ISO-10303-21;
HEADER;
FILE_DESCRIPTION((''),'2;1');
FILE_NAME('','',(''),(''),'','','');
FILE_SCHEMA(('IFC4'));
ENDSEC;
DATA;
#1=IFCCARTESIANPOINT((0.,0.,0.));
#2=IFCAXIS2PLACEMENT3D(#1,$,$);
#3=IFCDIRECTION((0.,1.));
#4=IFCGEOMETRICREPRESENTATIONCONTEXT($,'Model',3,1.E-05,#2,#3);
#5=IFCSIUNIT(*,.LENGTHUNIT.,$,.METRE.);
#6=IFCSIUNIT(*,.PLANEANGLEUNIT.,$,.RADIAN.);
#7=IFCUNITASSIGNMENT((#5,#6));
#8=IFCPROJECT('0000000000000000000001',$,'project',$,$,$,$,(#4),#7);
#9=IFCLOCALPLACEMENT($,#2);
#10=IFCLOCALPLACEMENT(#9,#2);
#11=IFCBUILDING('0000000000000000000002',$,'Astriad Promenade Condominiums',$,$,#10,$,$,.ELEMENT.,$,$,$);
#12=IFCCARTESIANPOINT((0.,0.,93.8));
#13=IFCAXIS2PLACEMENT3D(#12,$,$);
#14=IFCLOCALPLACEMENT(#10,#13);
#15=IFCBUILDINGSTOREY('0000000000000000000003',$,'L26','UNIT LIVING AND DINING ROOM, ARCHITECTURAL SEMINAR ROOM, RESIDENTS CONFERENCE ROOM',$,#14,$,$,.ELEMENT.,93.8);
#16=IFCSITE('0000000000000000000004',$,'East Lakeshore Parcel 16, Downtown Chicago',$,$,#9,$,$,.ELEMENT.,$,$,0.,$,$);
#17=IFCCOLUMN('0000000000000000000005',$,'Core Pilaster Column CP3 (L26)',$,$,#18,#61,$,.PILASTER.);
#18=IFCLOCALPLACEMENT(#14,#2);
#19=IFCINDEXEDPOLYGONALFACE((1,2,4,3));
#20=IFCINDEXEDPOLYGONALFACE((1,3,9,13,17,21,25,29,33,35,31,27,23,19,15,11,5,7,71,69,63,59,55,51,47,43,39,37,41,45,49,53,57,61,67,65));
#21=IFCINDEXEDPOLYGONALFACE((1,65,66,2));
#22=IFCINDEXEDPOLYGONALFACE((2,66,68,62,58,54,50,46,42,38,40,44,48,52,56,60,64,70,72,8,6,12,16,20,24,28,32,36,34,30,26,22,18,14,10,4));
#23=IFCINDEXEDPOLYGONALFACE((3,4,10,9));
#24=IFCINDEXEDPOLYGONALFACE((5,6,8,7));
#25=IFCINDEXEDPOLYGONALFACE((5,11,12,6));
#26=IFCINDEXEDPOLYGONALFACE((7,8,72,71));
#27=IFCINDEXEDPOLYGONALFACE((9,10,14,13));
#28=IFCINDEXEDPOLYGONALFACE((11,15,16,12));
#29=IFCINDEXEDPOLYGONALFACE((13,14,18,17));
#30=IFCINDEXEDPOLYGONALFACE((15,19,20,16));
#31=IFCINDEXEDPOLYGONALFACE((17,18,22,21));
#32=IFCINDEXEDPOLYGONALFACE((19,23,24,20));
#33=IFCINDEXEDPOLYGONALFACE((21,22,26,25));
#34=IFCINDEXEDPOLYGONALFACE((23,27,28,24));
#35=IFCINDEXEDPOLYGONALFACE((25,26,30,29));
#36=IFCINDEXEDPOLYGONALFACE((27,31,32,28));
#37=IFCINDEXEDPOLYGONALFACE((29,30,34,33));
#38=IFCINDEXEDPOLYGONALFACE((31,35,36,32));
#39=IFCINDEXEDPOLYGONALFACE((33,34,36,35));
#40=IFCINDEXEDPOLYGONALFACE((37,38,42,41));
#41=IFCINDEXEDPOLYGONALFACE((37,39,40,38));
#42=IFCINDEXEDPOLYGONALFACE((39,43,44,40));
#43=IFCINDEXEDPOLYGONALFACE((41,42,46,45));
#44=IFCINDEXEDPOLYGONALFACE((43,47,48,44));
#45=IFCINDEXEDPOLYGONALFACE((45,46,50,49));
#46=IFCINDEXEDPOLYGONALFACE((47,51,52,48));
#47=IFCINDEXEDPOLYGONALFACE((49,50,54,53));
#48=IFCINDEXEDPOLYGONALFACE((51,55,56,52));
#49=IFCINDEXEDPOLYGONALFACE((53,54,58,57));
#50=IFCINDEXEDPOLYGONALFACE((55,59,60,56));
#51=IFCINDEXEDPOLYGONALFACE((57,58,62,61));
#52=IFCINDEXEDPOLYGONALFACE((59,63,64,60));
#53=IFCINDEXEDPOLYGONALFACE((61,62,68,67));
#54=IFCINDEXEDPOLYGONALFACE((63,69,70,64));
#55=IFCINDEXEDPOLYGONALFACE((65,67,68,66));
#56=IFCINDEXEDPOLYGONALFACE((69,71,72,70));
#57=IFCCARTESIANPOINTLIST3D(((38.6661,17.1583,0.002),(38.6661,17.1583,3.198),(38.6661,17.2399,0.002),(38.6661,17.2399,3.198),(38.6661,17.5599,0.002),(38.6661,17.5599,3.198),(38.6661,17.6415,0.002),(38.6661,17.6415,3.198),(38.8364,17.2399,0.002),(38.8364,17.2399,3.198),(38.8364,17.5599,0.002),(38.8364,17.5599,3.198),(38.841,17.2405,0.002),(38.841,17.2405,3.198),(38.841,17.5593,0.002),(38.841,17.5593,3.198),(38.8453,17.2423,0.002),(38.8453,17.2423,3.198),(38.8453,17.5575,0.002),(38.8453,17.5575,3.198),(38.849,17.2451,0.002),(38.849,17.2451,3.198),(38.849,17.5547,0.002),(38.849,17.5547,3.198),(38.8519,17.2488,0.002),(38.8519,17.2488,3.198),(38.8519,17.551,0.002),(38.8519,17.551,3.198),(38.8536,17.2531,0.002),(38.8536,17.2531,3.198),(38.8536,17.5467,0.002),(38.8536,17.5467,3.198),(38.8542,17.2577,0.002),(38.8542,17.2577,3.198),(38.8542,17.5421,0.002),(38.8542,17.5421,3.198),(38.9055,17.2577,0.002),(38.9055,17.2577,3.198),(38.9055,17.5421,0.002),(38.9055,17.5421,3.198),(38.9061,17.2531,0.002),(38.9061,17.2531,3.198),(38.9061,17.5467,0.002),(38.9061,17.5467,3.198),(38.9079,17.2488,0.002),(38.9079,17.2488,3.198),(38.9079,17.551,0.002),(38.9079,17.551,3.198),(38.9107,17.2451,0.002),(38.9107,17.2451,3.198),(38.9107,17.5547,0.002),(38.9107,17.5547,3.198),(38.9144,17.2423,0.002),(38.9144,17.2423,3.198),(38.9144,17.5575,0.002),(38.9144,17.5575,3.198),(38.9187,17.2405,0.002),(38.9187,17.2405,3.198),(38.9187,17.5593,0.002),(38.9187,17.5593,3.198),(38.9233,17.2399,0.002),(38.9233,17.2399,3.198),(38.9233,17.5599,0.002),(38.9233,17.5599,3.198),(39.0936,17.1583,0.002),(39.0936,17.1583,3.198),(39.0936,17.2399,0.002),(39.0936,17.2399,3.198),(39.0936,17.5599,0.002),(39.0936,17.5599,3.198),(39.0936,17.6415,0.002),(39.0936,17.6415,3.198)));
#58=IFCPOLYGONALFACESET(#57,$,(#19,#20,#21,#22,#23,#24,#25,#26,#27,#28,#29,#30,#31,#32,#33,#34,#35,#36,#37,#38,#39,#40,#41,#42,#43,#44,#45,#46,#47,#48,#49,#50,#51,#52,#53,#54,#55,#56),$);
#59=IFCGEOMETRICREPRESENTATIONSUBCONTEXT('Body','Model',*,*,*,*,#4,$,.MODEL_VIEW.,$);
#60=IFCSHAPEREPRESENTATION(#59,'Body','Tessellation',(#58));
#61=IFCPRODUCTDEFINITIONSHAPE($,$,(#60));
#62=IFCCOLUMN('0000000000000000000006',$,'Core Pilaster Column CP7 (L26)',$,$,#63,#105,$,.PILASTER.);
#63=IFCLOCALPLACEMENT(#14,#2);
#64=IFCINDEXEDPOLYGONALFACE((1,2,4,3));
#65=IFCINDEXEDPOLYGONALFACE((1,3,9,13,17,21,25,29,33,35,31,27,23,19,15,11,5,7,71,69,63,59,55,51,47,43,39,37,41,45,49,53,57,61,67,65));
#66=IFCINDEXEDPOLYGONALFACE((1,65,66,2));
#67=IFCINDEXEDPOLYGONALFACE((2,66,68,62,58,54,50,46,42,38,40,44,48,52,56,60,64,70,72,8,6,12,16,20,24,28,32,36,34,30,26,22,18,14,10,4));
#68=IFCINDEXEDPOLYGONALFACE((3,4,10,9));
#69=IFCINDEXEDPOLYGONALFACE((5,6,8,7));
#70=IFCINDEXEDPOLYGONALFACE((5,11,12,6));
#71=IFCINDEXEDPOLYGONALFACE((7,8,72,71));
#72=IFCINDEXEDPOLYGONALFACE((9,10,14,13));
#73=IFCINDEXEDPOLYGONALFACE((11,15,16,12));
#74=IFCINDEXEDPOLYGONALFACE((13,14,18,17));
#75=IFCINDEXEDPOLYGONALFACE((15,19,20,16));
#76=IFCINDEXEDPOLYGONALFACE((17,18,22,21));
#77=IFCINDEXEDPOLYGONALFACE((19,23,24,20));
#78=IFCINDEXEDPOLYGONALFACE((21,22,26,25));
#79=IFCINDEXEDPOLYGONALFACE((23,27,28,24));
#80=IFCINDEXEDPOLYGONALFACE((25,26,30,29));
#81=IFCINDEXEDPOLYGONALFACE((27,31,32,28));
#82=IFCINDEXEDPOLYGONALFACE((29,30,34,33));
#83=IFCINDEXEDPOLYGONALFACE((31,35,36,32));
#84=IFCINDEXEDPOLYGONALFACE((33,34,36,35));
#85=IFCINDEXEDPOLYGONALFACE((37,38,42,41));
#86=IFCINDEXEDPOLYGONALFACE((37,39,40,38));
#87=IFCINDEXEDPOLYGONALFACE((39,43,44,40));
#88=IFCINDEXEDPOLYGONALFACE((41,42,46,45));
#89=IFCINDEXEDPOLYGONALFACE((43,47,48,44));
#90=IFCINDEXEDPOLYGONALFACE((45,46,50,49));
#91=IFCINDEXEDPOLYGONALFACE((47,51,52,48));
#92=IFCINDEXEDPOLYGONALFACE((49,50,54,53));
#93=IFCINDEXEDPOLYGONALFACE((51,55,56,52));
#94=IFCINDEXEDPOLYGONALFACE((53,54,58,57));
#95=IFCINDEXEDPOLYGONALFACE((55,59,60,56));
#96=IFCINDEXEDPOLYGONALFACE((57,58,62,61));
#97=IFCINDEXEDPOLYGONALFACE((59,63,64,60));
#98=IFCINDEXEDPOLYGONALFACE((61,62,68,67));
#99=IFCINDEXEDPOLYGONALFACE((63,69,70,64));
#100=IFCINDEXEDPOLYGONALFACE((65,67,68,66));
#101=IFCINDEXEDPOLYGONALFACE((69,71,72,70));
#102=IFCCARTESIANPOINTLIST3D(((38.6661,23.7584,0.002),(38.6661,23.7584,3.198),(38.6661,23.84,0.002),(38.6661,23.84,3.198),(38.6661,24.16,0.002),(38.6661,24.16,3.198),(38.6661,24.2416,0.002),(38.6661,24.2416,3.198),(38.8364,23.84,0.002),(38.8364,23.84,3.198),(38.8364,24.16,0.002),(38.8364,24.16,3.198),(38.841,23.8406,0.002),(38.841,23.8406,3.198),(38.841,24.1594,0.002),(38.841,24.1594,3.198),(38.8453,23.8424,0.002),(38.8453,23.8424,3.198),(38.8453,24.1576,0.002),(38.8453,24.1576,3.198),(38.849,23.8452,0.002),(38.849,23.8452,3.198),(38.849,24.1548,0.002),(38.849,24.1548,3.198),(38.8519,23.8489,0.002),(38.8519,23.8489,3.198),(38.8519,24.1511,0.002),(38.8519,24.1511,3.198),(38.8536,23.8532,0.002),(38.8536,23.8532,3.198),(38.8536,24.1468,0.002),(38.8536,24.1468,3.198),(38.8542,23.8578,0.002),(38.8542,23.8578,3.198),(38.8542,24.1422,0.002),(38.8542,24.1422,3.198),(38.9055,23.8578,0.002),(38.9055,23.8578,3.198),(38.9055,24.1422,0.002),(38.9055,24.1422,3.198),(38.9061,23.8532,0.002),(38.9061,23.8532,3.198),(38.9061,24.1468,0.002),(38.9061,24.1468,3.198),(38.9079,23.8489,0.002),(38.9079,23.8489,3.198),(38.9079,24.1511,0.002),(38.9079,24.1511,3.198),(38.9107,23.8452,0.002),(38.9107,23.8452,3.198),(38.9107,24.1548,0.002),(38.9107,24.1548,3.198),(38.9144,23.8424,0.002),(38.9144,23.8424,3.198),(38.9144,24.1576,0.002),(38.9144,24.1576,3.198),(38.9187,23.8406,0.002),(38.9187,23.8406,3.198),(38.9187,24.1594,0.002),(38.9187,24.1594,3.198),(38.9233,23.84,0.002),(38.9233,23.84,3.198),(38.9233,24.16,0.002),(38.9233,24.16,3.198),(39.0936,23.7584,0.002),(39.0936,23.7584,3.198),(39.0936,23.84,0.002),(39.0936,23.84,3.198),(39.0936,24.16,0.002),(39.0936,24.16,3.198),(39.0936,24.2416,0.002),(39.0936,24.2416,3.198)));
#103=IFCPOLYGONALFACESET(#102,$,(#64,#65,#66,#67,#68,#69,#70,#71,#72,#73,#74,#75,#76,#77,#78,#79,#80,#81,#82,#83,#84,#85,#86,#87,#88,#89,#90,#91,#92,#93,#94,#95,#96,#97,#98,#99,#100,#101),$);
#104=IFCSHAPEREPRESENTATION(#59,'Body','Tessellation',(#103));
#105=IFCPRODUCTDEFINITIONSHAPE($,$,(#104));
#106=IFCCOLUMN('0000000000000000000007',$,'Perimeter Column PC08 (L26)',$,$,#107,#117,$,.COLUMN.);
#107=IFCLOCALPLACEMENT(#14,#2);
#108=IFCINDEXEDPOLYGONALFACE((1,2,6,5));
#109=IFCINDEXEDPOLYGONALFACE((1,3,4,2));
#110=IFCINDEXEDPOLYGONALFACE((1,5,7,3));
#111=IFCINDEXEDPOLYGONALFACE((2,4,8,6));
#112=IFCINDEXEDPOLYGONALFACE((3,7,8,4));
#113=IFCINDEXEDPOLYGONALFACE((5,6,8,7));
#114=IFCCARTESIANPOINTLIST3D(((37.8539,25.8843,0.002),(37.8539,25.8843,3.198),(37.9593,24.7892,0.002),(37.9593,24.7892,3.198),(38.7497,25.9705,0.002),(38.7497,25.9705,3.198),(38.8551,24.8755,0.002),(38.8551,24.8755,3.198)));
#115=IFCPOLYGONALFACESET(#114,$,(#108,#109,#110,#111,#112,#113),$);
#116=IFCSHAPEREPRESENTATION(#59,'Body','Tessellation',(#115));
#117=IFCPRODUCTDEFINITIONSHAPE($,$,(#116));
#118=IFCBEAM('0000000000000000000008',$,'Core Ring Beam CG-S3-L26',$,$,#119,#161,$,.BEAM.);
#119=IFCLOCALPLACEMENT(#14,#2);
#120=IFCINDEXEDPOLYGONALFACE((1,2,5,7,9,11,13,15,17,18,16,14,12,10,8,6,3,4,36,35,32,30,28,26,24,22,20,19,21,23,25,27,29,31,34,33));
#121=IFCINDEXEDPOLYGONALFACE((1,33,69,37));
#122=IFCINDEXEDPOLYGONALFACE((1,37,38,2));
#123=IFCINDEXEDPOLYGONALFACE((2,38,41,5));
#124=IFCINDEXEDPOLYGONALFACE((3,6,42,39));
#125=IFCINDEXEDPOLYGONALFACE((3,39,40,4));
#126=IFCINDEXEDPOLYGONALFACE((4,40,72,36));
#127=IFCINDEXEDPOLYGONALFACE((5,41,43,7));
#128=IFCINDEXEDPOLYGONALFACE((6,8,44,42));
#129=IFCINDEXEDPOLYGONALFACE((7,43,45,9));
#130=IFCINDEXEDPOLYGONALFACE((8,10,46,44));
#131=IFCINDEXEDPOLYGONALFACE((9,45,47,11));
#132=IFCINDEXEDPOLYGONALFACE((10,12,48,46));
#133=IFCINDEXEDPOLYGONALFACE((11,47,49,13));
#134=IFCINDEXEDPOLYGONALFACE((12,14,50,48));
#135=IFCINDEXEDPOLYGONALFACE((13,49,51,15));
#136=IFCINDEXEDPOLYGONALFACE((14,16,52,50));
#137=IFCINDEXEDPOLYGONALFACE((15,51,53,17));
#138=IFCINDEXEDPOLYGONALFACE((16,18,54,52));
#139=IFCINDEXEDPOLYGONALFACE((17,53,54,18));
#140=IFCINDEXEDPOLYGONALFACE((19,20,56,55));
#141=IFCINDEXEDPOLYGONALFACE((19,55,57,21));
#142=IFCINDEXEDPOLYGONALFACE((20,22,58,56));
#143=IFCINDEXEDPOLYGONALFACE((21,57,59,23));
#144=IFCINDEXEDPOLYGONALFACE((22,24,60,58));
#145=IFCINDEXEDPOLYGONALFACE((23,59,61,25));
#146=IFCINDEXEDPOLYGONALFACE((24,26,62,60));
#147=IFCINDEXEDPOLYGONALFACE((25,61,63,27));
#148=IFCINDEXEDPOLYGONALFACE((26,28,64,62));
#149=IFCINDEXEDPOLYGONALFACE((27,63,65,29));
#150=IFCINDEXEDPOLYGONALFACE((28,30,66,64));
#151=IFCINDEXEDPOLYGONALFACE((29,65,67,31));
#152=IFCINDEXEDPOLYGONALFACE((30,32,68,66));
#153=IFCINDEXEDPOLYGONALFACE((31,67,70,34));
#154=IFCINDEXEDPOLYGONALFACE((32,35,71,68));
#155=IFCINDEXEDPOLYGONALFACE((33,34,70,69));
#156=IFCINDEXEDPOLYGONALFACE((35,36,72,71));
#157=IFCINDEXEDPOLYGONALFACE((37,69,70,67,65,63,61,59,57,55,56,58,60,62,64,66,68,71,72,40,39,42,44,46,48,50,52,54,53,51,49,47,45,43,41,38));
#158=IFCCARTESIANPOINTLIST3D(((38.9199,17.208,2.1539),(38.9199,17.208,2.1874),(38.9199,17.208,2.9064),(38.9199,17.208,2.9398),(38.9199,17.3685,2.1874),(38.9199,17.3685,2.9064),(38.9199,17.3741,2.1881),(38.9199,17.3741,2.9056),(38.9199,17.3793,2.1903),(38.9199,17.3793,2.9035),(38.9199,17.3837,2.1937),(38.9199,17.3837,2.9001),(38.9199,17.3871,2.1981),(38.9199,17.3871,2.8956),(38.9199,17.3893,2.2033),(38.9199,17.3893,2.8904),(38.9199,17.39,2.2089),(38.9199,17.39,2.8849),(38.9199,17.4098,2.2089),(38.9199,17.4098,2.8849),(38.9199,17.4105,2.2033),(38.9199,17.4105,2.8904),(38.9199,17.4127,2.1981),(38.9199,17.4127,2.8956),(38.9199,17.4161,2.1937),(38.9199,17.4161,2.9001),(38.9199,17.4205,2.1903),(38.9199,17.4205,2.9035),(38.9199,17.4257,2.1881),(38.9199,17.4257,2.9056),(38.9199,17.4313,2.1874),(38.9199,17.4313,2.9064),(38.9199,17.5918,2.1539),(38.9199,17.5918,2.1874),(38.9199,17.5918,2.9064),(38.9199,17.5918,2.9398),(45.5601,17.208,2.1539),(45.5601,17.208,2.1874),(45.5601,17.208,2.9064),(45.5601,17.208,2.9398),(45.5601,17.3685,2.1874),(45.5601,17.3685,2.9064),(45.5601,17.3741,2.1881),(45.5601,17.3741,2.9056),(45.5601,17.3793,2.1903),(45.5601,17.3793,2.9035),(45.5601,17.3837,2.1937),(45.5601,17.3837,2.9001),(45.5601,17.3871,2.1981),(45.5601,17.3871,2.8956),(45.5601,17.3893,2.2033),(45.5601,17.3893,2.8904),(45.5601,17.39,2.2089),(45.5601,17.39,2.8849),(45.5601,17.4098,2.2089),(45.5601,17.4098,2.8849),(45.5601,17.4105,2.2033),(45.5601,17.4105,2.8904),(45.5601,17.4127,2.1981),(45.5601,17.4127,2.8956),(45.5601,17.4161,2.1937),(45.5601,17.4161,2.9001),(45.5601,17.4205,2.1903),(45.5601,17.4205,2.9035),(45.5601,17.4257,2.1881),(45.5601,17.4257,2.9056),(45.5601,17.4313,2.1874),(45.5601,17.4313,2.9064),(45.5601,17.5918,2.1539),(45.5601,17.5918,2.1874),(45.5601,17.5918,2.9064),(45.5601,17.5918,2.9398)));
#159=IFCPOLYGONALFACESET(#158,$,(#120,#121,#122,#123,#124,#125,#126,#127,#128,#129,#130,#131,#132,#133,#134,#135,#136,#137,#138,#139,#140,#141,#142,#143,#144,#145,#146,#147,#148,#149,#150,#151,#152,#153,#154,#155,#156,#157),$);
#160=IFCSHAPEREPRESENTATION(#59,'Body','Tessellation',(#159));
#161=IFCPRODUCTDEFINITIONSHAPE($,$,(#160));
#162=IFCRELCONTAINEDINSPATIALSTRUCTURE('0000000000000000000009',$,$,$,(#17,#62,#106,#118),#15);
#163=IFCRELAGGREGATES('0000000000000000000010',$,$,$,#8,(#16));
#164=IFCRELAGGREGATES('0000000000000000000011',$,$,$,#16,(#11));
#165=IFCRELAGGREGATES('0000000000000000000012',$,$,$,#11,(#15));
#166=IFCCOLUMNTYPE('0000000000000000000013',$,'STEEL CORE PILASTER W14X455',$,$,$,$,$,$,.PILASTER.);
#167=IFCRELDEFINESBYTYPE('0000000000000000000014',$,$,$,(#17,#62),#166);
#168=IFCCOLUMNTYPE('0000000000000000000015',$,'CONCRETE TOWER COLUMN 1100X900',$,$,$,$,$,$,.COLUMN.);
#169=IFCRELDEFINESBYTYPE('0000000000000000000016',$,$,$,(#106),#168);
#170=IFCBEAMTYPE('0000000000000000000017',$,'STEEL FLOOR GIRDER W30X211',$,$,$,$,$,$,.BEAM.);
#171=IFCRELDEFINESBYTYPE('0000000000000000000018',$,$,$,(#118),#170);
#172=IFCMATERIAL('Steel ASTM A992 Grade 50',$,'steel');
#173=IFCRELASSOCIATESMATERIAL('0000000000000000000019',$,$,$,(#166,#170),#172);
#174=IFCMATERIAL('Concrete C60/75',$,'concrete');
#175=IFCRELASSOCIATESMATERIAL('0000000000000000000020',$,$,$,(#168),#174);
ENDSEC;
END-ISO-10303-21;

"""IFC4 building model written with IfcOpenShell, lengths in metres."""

from ifc_helpers import new_model, si_unit, direction, frame, origin, origin_2d, place, context, subcontext, project, spatial, rectangle, i_section, extrude, source, transform, mapped, material, material_profile, profile_set, type_object, type_shapes, element, save


model = new_model("IFC4")

# Units and contexts
model_context = context("Model", 3, precision=1e-05, world=origin(), true_north=direction((0.0, 1.0)))
body_context = subcontext(model_context, "Body", "Model", "MODEL_VIEW")
ifc_project = project(units=[si_unit("LENGTHUNIT", "METRE"), si_unit("PLANEANGLEUNIT", "RADIAN")], contexts=[model_context])

# Site, building, storey
site_placement = place(None, origin())
site = spatial("IfcSite", under=ifc_project, at=site_placement, Name="East Lakeshore Parcel 16, Downtown Chicago", CompositionType="ELEMENT", RefElevation=0.0)
building_placement = place(site_placement, origin())
building = spatial("IfcBuilding", under=site, at=building_placement, Name="Astriad Promenade Condominiums", CompositionType="ELEMENT")
storey_placement = place(building_placement, frame((0.0, 0.0, 93.8)))
storey = spatial("IfcBuildingStorey", under=building, at=storey_placement, Name="L26", Description="UNIT LIVING AND DINING ROOM, ARCHITECTURAL SEMINAR ROOM, RESIDENTS CONFERENCE ROOM", CompositionType="ELEMENT", Elevation=93.8)

# Columns
ifc_material_1 = material(Name="Steel ASTM A992 Grade 50", Category="steel")
ifc_material_profile_1 = material_profile(ifc_material_1, i_section(OverallWidth=0.4275, OverallDepth=0.4832, WebThickness=0.0513, FlangeThickness=0.0815, FilletRadius=0.0178, at=origin_2d()), Name="W14X455")
ifc_profile_set_1 = profile_set([ifc_material_profile_1], Name="Steel ASTM A992 Grade 50")
column_type_1 = type_object("IfcColumnType", Name="STEEL CORE PILASTER W14X455", PredefinedType="PILASTER", material=ifc_profile_set_1)
shared_shape_1 = source(origin(), body_context, "Body", "SweptSolid", [
    extrude(i_section(OverallWidth=0.4275, OverallDepth=0.4832, WebThickness=0.0513, FlangeThickness=0.0815, FilletRadius=0.0178, at=origin_2d()), origin(), (0.0, 0.0, 1.0), 3.196),
])
type_shapes(column_type_1, [shared_shape_1])
for number, where, z_axis, x_axis, name in (
    (1, (38.8799, 17.3999, 0.002), (0.0, 0.0, 1.0), (1.0, 0.0, 0.0), "Core Pilaster Column CP3 (L26)"),
    (2, (38.8799, 24.0, 0.002), (0.0, 0.0, 1.0), (1.0, 0.0, 0.0), "Core Pilaster Column CP7 (L26)"),
):
    element("IfcColumn", number, at=place(storey_placement, frame(where, z_axis=z_axis, x_axis=x_axis)), inside=storey, type_object=column_type_1, Name=name, PredefinedType="PILASTER", context=body_context, shape_type="MappedRepresentation", body=[
        mapped(shared_shape_1, transform((0.0, 0.0, 0.0), scale=1.0)),
    ])
ifc_material_2 = material(Name="Concrete C60/75", Category="concrete")
ifc_material_profile_2 = material_profile(ifc_material_2, rectangle(XDim=0.8999, YDim=1.1001, at=origin_2d()), Name="RC-COL-1100X900")
ifc_profile_set_2 = profile_set([ifc_material_profile_2], Name="Concrete C60/75")
column_type_2 = type_object("IfcColumnType", Name="CONCRETE TOWER COLUMN 1100X900", PredefinedType="COLUMN", material=ifc_profile_set_2)
shared_shape_2 = source(origin(), body_context, "Body", "SweptSolid", [
    extrude(rectangle(XDim=0.8999, YDim=1.1001, at=origin_2d()), origin(), (0.0, 0.0, 1.0), 3.196),
])
type_shapes(column_type_2, [shared_shape_2])
column_placement = place(storey_placement, frame((38.3545, 25.3799, 0.002), z_axis=(0.0, 0.0, 1.0), x_axis=(0.995396, 0.095846, 0.0)))
element("IfcColumn", 3, at=column_placement, inside=storey, type_object=column_type_2, Name="Perimeter Column PC08 (L26)", PredefinedType="COLUMN", context=body_context, shape_type="MappedRepresentation", body=[
    mapped(shared_shape_2, transform((0.0, 0.0, 0.0), scale=1.0)),
])

# Beam
ifc_material_profile_3 = material_profile(ifc_material_1, i_section(OverallWidth=0.3838, OverallDepth=0.7859, WebThickness=0.0198, FlangeThickness=0.0334, FilletRadius=0.0215, at=origin_2d()), Name="W30X211")
ifc_profile_set_3 = profile_set([ifc_material_profile_3], Name="Steel ASTM A992 Grade 50")
beam_type_1 = type_object("IfcBeamType", Name="STEEL FLOOR GIRDER W30X211", PredefinedType="BEAM", material=ifc_profile_set_3)
shared_shape_3 = source(origin(), body_context, "Body", "SweptSolid", [
    extrude(i_section(OverallWidth=0.3838, OverallDepth=0.7859, WebThickness=0.0198, FlangeThickness=0.0334, FilletRadius=0.0215, at=origin_2d()), origin(), (0.0, 0.0, 1.0), 6.6401),
])
type_shapes(beam_type_1, [shared_shape_3])
beam_1_placement = place(storey_placement, frame((38.9199, 17.3999, 2.5469), z_axis=(1.0, 0.0, 0.0), x_axis=(0.0, 1.0, 0.0)))
element("IfcBeam", 4, at=beam_1_placement, inside=storey, type_object=beam_type_1, Name="Core Ring Beam CG-S3-L26", PredefinedType="BEAM", context=body_context, shape_type="MappedRepresentation", body=[
    mapped(shared_shape_3, transform((0.0, 0.0, 0.0), scale=1.0)),
])

save(model, "model.ifc")
